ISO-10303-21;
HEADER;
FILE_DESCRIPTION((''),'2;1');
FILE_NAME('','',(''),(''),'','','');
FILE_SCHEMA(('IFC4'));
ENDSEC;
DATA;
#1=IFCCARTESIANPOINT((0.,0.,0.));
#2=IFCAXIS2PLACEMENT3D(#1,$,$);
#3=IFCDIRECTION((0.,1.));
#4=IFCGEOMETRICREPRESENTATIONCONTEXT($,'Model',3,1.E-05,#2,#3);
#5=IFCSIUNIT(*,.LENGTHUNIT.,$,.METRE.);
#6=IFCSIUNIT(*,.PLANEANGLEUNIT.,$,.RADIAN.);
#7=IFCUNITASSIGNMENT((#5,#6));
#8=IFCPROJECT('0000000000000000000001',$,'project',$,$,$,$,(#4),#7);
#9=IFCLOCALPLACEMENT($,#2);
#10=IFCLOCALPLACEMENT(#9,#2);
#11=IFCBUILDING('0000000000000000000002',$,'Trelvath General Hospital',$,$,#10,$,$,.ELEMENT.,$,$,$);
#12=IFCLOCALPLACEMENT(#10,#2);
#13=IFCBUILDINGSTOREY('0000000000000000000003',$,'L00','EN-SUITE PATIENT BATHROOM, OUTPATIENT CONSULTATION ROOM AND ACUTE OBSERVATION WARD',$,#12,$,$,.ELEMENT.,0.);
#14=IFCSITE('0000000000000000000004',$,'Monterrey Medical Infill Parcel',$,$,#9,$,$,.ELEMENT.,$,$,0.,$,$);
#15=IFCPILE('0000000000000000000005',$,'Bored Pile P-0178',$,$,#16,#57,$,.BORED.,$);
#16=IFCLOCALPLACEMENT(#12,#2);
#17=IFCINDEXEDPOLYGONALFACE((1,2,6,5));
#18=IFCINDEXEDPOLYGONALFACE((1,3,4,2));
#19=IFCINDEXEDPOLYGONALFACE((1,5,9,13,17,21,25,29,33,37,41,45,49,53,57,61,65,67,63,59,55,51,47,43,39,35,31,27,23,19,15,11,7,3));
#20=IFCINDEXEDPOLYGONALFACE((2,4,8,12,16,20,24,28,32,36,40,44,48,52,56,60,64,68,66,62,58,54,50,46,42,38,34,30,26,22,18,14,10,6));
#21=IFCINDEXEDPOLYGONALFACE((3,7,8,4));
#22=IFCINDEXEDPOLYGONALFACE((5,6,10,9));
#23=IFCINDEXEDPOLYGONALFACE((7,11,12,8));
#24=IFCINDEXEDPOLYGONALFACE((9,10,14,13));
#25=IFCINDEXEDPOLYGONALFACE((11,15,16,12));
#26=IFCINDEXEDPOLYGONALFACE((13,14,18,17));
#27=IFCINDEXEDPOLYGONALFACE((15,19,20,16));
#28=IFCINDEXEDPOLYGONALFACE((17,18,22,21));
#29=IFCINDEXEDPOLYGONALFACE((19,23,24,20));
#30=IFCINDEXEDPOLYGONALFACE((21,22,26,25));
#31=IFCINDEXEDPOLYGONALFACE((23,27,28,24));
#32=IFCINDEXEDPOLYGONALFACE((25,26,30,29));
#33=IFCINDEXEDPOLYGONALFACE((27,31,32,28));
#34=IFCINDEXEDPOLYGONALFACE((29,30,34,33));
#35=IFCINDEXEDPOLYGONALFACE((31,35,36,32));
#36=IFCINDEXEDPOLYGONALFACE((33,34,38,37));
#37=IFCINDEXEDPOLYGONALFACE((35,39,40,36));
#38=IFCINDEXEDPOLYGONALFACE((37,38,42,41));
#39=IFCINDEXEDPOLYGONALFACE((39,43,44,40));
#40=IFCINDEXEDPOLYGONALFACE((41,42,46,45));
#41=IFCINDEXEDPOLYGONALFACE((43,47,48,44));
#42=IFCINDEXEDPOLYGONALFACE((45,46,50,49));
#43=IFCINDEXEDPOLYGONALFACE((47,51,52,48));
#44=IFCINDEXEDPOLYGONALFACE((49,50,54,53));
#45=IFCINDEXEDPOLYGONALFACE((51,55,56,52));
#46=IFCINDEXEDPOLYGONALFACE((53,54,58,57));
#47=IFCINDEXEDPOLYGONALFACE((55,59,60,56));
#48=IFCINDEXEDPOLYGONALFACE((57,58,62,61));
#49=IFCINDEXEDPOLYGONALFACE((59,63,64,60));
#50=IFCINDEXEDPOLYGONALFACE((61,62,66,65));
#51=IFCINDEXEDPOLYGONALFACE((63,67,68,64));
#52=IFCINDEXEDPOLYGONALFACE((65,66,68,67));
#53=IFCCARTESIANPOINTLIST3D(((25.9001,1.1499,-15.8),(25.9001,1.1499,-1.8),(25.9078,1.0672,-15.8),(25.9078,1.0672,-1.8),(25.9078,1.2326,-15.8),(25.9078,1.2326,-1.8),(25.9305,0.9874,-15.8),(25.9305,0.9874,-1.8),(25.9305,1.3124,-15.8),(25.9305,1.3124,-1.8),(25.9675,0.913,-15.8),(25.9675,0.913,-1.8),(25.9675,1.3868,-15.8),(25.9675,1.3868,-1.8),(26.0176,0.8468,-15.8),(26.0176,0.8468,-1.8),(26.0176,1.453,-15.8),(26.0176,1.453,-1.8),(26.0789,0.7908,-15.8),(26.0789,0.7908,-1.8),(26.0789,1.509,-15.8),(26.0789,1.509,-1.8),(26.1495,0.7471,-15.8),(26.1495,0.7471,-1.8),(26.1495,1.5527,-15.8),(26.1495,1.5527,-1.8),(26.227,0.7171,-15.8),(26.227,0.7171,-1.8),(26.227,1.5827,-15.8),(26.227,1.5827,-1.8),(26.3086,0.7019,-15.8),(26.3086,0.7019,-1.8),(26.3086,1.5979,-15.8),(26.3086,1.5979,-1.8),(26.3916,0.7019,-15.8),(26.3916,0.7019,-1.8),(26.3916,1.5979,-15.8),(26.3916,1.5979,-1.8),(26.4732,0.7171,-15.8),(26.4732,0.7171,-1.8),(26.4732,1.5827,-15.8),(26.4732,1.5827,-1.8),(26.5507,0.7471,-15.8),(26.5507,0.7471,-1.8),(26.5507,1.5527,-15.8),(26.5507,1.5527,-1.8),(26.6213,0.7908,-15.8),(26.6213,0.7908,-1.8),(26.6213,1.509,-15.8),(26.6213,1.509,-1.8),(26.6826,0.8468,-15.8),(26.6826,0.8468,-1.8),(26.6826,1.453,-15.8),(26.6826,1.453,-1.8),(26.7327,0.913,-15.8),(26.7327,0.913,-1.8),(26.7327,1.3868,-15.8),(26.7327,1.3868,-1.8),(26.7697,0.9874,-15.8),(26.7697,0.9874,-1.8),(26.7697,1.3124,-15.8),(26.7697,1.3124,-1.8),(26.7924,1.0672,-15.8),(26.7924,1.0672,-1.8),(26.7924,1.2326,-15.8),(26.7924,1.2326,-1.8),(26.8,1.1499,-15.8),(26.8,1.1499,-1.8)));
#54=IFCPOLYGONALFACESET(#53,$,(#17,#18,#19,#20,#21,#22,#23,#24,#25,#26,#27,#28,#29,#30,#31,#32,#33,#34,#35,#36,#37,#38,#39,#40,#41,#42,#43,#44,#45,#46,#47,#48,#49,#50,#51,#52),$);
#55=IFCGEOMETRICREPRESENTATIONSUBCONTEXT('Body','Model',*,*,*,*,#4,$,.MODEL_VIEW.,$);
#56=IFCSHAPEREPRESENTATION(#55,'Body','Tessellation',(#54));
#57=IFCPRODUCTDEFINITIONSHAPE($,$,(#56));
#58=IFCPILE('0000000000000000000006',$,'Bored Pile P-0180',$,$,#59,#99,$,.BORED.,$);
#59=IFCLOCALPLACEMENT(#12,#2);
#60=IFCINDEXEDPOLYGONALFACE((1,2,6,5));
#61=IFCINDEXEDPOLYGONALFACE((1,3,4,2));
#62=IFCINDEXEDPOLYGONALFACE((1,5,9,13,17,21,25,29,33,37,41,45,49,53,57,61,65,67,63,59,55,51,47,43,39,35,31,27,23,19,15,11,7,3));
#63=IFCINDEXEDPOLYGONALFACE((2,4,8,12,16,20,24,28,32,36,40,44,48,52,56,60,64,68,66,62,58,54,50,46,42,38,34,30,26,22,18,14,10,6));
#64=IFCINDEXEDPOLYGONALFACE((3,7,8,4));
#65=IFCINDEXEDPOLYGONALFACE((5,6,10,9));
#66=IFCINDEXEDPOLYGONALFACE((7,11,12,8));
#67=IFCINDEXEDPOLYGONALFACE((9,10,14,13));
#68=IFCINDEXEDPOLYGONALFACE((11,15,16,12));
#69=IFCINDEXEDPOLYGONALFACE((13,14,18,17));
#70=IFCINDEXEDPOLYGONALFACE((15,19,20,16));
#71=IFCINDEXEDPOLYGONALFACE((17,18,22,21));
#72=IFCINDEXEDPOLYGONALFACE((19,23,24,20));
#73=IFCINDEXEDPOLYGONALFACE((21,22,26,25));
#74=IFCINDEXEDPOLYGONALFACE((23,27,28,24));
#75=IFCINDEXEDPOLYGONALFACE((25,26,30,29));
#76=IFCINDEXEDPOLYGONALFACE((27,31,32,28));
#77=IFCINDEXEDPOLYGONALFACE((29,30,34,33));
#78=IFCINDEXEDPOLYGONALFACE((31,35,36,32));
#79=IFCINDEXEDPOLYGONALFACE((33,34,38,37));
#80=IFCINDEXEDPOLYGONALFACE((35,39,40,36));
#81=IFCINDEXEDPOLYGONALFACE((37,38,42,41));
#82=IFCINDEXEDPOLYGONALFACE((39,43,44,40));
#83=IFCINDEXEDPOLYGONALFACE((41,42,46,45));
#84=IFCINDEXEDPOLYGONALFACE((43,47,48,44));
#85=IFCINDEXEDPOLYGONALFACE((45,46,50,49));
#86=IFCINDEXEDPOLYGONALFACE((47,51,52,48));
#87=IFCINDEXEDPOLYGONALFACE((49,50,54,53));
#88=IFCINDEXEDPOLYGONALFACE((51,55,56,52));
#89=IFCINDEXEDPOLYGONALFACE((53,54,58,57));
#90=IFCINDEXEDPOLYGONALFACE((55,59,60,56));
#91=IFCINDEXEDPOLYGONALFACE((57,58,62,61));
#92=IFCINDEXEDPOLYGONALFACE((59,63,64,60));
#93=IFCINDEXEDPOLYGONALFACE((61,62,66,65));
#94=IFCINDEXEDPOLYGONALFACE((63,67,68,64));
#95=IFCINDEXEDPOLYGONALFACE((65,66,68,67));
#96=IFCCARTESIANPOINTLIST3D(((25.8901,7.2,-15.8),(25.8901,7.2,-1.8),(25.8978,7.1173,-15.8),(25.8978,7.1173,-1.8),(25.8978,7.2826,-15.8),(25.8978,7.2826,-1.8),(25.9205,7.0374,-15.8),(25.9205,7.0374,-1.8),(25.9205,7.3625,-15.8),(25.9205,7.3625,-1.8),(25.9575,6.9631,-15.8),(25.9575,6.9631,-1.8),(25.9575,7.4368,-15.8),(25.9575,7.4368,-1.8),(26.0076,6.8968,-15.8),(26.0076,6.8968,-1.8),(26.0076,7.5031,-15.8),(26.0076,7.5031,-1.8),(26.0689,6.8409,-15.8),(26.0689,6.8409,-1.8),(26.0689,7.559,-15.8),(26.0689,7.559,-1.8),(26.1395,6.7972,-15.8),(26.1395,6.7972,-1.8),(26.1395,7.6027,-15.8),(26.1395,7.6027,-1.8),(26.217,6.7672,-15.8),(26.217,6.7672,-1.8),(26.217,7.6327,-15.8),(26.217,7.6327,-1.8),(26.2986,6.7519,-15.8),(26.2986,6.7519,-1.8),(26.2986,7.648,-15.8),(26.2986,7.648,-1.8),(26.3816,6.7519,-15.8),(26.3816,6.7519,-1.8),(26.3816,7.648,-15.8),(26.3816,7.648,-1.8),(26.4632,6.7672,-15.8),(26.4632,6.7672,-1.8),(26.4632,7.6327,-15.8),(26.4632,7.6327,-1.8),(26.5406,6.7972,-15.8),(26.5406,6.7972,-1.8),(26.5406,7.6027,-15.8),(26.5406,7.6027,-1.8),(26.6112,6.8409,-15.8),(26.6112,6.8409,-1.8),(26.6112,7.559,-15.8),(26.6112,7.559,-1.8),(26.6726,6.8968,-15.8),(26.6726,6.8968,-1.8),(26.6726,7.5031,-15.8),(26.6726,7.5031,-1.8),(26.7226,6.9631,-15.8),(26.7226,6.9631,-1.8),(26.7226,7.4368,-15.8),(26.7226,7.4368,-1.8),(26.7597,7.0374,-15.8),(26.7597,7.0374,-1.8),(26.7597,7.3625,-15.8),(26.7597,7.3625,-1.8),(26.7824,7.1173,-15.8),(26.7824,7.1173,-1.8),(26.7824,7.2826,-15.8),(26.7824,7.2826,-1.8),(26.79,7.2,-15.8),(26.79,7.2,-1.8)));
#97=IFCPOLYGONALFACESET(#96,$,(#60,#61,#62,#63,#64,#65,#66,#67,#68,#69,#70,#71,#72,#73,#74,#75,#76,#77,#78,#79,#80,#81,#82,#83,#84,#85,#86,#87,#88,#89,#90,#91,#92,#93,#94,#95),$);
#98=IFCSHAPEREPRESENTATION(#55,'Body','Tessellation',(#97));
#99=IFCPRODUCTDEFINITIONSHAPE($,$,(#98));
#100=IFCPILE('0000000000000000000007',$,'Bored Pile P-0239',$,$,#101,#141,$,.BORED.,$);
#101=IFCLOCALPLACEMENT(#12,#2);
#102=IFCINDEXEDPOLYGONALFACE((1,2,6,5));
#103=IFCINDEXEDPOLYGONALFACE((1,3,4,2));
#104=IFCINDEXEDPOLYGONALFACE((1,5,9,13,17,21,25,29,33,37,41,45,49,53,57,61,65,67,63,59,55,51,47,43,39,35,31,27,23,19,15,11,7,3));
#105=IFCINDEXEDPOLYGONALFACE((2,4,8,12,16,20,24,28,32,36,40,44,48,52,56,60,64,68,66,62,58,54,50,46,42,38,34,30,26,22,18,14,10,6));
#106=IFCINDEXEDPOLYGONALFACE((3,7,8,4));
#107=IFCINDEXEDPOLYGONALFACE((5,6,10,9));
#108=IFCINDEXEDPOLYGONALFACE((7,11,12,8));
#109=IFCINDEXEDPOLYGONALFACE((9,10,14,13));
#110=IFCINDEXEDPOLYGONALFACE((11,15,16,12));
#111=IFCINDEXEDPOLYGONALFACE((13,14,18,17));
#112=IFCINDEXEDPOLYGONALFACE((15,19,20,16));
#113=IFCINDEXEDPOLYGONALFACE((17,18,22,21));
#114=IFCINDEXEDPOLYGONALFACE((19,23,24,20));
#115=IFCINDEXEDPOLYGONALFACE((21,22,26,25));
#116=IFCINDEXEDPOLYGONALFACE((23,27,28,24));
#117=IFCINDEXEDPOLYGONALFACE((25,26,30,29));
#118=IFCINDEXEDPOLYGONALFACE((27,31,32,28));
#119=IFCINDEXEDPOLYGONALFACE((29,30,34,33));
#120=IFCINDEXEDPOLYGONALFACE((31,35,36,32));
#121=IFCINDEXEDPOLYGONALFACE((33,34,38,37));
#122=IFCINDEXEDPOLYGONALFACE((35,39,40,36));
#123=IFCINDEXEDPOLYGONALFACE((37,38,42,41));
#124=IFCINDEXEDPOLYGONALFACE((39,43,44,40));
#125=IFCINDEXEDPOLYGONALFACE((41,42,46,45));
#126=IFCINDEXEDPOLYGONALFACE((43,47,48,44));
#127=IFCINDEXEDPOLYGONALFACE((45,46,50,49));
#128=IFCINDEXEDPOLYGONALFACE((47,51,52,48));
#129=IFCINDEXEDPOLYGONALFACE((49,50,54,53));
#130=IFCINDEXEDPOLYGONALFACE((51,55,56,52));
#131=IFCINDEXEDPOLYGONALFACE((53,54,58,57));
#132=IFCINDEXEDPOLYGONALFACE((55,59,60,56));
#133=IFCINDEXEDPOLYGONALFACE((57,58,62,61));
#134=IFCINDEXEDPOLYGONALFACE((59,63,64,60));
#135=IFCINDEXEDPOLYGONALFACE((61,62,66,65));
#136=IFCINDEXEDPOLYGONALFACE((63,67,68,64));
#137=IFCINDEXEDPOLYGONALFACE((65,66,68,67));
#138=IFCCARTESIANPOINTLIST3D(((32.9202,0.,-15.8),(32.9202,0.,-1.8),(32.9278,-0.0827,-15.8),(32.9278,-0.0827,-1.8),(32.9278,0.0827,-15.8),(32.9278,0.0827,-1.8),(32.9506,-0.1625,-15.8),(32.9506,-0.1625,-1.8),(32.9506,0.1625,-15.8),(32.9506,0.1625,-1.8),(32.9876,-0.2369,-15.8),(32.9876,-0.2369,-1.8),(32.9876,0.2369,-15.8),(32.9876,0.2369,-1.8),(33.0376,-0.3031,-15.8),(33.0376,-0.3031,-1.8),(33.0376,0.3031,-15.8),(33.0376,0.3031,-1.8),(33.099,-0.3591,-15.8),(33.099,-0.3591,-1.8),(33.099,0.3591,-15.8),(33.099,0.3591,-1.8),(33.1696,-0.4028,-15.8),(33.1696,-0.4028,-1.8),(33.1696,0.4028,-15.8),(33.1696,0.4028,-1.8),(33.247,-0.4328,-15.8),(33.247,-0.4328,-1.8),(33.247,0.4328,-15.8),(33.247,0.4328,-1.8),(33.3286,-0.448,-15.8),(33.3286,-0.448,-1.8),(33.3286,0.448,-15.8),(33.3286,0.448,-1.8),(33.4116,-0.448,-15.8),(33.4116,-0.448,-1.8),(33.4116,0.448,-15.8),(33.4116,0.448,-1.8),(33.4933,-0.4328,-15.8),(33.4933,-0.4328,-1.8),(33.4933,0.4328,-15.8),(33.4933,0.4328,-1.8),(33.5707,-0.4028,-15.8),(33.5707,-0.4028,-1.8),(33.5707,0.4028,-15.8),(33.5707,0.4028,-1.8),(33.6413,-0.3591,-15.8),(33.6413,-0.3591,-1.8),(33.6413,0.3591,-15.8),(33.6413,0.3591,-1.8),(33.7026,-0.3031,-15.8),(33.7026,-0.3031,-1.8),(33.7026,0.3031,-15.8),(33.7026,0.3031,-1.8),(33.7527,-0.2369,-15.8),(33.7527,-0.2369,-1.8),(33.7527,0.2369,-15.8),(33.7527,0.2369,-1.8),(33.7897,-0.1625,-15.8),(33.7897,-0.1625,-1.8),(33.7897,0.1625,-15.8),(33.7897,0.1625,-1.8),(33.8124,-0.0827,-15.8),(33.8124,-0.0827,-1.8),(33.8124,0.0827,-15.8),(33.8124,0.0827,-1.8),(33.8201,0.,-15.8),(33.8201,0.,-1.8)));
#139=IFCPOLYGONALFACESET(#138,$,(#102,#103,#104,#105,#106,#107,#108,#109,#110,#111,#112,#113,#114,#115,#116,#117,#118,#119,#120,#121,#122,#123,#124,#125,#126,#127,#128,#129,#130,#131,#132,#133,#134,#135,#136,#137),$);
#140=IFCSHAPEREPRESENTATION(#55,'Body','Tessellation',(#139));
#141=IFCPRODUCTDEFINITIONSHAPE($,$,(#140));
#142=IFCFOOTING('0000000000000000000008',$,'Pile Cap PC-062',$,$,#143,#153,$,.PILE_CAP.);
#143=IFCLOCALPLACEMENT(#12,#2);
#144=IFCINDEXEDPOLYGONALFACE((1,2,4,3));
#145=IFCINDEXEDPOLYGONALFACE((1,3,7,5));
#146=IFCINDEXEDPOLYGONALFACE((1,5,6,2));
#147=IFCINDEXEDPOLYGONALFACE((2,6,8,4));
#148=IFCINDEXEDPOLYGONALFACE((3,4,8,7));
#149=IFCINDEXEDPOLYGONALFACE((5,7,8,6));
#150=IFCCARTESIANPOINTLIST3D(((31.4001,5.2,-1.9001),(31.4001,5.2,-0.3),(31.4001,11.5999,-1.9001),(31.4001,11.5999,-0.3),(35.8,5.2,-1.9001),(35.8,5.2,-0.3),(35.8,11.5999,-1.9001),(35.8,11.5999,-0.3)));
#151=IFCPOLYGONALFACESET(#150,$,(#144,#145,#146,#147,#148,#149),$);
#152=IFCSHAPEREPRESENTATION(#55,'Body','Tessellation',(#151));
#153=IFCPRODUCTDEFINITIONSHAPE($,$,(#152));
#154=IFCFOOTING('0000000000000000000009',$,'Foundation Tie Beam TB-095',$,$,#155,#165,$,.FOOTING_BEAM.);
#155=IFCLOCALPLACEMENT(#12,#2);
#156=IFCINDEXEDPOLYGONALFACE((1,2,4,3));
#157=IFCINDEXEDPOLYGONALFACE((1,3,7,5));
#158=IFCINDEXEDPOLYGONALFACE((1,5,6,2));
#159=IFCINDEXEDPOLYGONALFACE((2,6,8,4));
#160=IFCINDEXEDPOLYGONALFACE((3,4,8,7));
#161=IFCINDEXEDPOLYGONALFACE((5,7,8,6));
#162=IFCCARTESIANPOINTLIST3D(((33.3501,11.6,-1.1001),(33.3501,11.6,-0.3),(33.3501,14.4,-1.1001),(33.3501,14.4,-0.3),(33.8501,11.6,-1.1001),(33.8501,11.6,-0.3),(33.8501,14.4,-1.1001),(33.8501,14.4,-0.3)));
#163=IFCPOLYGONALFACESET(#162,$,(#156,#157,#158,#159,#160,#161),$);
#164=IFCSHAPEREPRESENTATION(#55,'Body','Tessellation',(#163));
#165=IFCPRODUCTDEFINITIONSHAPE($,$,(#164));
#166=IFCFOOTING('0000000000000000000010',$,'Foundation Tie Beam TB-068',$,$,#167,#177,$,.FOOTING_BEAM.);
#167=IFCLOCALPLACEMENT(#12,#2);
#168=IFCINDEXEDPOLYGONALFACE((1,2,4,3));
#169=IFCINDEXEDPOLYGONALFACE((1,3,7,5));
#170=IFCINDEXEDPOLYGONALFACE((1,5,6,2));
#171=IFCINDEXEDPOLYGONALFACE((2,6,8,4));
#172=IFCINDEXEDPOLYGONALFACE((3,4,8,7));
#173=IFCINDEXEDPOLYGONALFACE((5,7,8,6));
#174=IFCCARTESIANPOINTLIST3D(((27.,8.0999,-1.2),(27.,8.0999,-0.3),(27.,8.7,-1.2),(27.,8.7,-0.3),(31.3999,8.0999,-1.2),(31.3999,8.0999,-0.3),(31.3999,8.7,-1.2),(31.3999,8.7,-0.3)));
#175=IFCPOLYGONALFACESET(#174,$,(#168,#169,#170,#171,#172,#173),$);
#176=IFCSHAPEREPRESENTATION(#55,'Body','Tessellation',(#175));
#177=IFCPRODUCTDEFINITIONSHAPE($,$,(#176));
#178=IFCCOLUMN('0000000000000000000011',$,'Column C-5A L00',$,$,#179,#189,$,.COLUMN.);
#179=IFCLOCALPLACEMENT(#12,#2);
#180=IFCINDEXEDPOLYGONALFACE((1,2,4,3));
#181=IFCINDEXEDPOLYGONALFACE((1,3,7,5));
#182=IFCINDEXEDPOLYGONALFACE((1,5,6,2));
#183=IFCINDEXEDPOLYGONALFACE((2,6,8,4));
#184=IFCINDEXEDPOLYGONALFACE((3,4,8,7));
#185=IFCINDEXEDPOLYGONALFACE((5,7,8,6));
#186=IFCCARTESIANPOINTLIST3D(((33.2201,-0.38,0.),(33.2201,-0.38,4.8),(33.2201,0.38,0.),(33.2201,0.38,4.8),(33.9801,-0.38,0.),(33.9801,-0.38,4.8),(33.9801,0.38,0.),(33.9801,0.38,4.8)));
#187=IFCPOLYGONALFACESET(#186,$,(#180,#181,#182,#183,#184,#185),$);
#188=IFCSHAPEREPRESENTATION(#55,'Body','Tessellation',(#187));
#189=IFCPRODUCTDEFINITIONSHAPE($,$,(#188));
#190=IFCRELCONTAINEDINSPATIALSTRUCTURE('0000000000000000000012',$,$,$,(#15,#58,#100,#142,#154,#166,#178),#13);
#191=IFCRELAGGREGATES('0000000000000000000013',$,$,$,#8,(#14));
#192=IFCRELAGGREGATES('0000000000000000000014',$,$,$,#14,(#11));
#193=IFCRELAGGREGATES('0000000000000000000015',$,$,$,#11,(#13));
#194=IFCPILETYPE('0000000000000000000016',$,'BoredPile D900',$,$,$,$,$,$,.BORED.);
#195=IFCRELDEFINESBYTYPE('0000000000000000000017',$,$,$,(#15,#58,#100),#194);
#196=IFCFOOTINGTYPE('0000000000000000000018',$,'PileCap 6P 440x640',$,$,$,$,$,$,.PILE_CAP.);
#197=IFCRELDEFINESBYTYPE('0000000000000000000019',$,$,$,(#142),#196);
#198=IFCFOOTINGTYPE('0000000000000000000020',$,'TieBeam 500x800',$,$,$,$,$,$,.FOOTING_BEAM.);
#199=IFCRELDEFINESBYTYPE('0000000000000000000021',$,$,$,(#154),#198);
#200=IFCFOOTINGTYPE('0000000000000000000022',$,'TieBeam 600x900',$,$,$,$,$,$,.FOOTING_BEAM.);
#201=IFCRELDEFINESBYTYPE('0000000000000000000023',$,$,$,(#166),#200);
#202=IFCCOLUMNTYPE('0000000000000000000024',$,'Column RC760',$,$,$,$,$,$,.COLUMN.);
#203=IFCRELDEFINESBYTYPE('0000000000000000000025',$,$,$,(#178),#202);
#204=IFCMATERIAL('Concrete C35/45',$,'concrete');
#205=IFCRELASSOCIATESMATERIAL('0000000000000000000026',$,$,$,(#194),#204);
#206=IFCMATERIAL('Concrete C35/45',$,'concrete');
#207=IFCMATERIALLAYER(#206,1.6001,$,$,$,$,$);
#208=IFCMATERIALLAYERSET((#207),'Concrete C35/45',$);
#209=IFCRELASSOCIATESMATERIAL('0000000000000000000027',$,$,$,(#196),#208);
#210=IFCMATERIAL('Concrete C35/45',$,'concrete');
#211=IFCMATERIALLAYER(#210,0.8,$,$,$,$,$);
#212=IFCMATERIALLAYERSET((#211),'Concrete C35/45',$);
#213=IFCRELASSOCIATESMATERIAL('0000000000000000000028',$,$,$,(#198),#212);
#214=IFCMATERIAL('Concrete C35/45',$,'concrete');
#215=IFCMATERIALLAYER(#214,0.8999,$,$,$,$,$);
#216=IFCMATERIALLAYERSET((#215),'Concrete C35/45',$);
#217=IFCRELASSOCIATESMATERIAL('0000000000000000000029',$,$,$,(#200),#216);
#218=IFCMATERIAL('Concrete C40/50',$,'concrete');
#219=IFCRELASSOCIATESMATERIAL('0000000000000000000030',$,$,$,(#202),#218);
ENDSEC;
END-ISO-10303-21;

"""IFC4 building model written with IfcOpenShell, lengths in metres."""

from ifc_helpers import new_model, si_unit, direction, frame, origin, origin_2d, place, context, subcontext, project, spatial, rectangle, circle, extrude, material, layer, layer_set, material_profile, profile_set, type_object, element, save


model = new_model("IFC4")

# Units and contexts
model_context = context("Model", 3, precision=1e-05, world=origin(), true_north=direction((0.0, 1.0)))
body_context = subcontext(model_context, "Body", "Model", "MODEL_VIEW")
ifc_project = project(units=[si_unit("LENGTHUNIT", "METRE"), si_unit("PLANEANGLEUNIT", "RADIAN")], contexts=[model_context])

# Site, building, storey
site_placement = place(None, origin())
site = spatial("IfcSite", under=ifc_project, at=site_placement, Name="Monterrey Medical Infill Parcel", CompositionType="ELEMENT", RefElevation=0.0)
building_placement = place(site_placement, origin())
building = spatial("IfcBuilding", under=site, at=building_placement, Name="Trelvath General Hospital", CompositionType="ELEMENT")
storey_placement = place(building_placement, origin())
storey = spatial("IfcBuildingStorey", under=building, at=storey_placement, Name="L00", Description="EN-SUITE PATIENT BATHROOM, OUTPATIENT CONSULTATION ROOM AND ACUTE OBSERVATION WARD", CompositionType="ELEMENT", Elevation=0.0)

# Piles
ifc_material_1 = material(Name="Concrete C35/45", Category="concrete")
ifc_material_profile_1 = material_profile(ifc_material_1, circle(Radius=0.45, at=origin_2d()), Name="PILE900")
ifc_profile_set_1 = profile_set([ifc_material_profile_1], Name="Concrete C35/45")
pile_type_1 = type_object("IfcPileType", Name="BoredPile D900", PredefinedType="BORED", material=ifc_profile_set_1)
for number, where, z_axis, x_axis, name in (
    (1, (26.3501, 1.1499, -1.8), (0.0, 0.0, -1.0), (1.0, 0.0, 0.0), "Bored Pile P-0178"),
    (2, (26.3401, 7.2, -1.8), (0.0, 0.0, -1.0), (1.0, 0.0, 0.0), "Bored Pile P-0180"),
    (3, (33.3701, 0.0, -1.8), (0.0, 0.0, -1.0), (1.0, 0.0, 0.0), "Bored Pile P-0239"),
):
    element("IfcPile", number, at=place(storey_placement, frame(where, z_axis=z_axis, x_axis=x_axis)), inside=storey, type_object=pile_type_1, Name=name, PredefinedType="BORED", context=body_context, shape_type="SweptSolid", body=[
        extrude(circle(Radius=0.45, at=origin_2d()), origin(), (0.0, 0.0, 1.0), 14.0),
    ])

# Footings
ifc_material_2 = material(Name="Concrete C35/45", Category="concrete")
ifc_layer_1 = layer(ifc_material_2, 1.6001)
ifc_layer_set_1 = layer_set([ifc_layer_1], Name="Concrete C35/45")
footing_type_1 = type_object("IfcFootingType", Name="PileCap 6P 440x640", PredefinedType="PILE_CAP", material=ifc_layer_set_1)
footing_1_placement = place(storey_placement, frame((33.6001, 8.3999, -1.9001), z_axis=(0.0, 0.0, 1.0), x_axis=(1.0, 0.0, 0.0)))
element("IfcFooting", 4, at=footing_1_placement, inside=storey, type_object=footing_type_1, Name="Pile Cap PC-062", PredefinedType="PILE_CAP", context=body_context, shape_type="SweptSolid", body=[
    extrude(rectangle(XDim=4.3999, YDim=6.3999, at=origin_2d()), origin(), (0.0, 0.0, 1.0), 1.6001),
])
ifc_material_3 = material(Name="Concrete C35/45", Category="concrete")
ifc_layer_2 = layer(ifc_material_3, 0.8)
ifc_layer_set_2 = layer_set([ifc_layer_2], Name="Concrete C35/45")
footing_type_2 = type_object("IfcFootingType", Name="TieBeam 500x800", PredefinedType="FOOTING_BEAM", material=ifc_layer_set_2)
footing_2_placement = place(storey_placement, frame((33.6001, 13.0, -1.1001), z_axis=(0.0, 0.0, 1.0), x_axis=(1.0, 0.0, 0.0)))
element("IfcFooting", 5, at=footing_2_placement, inside=storey, type_object=footing_type_2, Name="Foundation Tie Beam TB-095", PredefinedType="FOOTING_BEAM", context=body_context, shape_type="SweptSolid", body=[
    extrude(rectangle(XDim=0.5, YDim=2.8, at=origin_2d()), origin(), (0.0, 0.0, 1.0), 0.8),
])
ifc_material_4 = material(Name="Concrete C35/45", Category="concrete")
ifc_layer_3 = layer(ifc_material_4, 0.8999)
ifc_layer_set_3 = layer_set([ifc_layer_3], Name="Concrete C35/45")
footing_type_3 = type_object("IfcFootingType", Name="TieBeam 600x900", PredefinedType="FOOTING_BEAM", material=ifc_layer_set_3)
footing_3_placement = place(storey_placement, frame((29.2, 8.3999, -1.2), z_axis=(0.0, 0.0, 1.0), x_axis=(1.0, 0.0, 0.0)))
element("IfcFooting", 6, at=footing_3_placement, inside=storey, type_object=footing_type_3, Name="Foundation Tie Beam TB-068", PredefinedType="FOOTING_BEAM", context=body_context, shape_type="SweptSolid", body=[
    extrude(rectangle(XDim=4.3999, YDim=0.6001, at=origin_2d()), origin(), (0.0, 0.0, 1.0), 0.8999),
])

# Column
ifc_material_5 = material(Name="Concrete C40/50", Category="concrete")
ifc_material_profile_2 = material_profile(ifc_material_5, rectangle(XDim=0.76, YDim=0.76, at=origin_2d()), Name="RC760x760")
ifc_profile_set_2 = profile_set([ifc_material_profile_2], Name="Concrete C40/50")
column_type_1 = type_object("IfcColumnType", Name="Column RC760", PredefinedType="COLUMN", material=ifc_profile_set_2)
column_1_placement = place(storey_placement, frame((33.6001, 0.0, 0.0), z_axis=(0.0, 0.0, 1.0), x_axis=(1.0, 0.0, 0.0)))
element("IfcColumn", 7, at=column_1_placement, inside=storey, type_object=column_type_1, Name="Column C-5A L00", PredefinedType="COLUMN", context=body_context, shape_type="SweptSolid", body=[
    extrude(rectangle(XDim=0.76, YDim=0.76, at=origin_2d()), origin(), (0.0, 0.0, 1.0), 4.8),
])

save(model, "model.ifc")
